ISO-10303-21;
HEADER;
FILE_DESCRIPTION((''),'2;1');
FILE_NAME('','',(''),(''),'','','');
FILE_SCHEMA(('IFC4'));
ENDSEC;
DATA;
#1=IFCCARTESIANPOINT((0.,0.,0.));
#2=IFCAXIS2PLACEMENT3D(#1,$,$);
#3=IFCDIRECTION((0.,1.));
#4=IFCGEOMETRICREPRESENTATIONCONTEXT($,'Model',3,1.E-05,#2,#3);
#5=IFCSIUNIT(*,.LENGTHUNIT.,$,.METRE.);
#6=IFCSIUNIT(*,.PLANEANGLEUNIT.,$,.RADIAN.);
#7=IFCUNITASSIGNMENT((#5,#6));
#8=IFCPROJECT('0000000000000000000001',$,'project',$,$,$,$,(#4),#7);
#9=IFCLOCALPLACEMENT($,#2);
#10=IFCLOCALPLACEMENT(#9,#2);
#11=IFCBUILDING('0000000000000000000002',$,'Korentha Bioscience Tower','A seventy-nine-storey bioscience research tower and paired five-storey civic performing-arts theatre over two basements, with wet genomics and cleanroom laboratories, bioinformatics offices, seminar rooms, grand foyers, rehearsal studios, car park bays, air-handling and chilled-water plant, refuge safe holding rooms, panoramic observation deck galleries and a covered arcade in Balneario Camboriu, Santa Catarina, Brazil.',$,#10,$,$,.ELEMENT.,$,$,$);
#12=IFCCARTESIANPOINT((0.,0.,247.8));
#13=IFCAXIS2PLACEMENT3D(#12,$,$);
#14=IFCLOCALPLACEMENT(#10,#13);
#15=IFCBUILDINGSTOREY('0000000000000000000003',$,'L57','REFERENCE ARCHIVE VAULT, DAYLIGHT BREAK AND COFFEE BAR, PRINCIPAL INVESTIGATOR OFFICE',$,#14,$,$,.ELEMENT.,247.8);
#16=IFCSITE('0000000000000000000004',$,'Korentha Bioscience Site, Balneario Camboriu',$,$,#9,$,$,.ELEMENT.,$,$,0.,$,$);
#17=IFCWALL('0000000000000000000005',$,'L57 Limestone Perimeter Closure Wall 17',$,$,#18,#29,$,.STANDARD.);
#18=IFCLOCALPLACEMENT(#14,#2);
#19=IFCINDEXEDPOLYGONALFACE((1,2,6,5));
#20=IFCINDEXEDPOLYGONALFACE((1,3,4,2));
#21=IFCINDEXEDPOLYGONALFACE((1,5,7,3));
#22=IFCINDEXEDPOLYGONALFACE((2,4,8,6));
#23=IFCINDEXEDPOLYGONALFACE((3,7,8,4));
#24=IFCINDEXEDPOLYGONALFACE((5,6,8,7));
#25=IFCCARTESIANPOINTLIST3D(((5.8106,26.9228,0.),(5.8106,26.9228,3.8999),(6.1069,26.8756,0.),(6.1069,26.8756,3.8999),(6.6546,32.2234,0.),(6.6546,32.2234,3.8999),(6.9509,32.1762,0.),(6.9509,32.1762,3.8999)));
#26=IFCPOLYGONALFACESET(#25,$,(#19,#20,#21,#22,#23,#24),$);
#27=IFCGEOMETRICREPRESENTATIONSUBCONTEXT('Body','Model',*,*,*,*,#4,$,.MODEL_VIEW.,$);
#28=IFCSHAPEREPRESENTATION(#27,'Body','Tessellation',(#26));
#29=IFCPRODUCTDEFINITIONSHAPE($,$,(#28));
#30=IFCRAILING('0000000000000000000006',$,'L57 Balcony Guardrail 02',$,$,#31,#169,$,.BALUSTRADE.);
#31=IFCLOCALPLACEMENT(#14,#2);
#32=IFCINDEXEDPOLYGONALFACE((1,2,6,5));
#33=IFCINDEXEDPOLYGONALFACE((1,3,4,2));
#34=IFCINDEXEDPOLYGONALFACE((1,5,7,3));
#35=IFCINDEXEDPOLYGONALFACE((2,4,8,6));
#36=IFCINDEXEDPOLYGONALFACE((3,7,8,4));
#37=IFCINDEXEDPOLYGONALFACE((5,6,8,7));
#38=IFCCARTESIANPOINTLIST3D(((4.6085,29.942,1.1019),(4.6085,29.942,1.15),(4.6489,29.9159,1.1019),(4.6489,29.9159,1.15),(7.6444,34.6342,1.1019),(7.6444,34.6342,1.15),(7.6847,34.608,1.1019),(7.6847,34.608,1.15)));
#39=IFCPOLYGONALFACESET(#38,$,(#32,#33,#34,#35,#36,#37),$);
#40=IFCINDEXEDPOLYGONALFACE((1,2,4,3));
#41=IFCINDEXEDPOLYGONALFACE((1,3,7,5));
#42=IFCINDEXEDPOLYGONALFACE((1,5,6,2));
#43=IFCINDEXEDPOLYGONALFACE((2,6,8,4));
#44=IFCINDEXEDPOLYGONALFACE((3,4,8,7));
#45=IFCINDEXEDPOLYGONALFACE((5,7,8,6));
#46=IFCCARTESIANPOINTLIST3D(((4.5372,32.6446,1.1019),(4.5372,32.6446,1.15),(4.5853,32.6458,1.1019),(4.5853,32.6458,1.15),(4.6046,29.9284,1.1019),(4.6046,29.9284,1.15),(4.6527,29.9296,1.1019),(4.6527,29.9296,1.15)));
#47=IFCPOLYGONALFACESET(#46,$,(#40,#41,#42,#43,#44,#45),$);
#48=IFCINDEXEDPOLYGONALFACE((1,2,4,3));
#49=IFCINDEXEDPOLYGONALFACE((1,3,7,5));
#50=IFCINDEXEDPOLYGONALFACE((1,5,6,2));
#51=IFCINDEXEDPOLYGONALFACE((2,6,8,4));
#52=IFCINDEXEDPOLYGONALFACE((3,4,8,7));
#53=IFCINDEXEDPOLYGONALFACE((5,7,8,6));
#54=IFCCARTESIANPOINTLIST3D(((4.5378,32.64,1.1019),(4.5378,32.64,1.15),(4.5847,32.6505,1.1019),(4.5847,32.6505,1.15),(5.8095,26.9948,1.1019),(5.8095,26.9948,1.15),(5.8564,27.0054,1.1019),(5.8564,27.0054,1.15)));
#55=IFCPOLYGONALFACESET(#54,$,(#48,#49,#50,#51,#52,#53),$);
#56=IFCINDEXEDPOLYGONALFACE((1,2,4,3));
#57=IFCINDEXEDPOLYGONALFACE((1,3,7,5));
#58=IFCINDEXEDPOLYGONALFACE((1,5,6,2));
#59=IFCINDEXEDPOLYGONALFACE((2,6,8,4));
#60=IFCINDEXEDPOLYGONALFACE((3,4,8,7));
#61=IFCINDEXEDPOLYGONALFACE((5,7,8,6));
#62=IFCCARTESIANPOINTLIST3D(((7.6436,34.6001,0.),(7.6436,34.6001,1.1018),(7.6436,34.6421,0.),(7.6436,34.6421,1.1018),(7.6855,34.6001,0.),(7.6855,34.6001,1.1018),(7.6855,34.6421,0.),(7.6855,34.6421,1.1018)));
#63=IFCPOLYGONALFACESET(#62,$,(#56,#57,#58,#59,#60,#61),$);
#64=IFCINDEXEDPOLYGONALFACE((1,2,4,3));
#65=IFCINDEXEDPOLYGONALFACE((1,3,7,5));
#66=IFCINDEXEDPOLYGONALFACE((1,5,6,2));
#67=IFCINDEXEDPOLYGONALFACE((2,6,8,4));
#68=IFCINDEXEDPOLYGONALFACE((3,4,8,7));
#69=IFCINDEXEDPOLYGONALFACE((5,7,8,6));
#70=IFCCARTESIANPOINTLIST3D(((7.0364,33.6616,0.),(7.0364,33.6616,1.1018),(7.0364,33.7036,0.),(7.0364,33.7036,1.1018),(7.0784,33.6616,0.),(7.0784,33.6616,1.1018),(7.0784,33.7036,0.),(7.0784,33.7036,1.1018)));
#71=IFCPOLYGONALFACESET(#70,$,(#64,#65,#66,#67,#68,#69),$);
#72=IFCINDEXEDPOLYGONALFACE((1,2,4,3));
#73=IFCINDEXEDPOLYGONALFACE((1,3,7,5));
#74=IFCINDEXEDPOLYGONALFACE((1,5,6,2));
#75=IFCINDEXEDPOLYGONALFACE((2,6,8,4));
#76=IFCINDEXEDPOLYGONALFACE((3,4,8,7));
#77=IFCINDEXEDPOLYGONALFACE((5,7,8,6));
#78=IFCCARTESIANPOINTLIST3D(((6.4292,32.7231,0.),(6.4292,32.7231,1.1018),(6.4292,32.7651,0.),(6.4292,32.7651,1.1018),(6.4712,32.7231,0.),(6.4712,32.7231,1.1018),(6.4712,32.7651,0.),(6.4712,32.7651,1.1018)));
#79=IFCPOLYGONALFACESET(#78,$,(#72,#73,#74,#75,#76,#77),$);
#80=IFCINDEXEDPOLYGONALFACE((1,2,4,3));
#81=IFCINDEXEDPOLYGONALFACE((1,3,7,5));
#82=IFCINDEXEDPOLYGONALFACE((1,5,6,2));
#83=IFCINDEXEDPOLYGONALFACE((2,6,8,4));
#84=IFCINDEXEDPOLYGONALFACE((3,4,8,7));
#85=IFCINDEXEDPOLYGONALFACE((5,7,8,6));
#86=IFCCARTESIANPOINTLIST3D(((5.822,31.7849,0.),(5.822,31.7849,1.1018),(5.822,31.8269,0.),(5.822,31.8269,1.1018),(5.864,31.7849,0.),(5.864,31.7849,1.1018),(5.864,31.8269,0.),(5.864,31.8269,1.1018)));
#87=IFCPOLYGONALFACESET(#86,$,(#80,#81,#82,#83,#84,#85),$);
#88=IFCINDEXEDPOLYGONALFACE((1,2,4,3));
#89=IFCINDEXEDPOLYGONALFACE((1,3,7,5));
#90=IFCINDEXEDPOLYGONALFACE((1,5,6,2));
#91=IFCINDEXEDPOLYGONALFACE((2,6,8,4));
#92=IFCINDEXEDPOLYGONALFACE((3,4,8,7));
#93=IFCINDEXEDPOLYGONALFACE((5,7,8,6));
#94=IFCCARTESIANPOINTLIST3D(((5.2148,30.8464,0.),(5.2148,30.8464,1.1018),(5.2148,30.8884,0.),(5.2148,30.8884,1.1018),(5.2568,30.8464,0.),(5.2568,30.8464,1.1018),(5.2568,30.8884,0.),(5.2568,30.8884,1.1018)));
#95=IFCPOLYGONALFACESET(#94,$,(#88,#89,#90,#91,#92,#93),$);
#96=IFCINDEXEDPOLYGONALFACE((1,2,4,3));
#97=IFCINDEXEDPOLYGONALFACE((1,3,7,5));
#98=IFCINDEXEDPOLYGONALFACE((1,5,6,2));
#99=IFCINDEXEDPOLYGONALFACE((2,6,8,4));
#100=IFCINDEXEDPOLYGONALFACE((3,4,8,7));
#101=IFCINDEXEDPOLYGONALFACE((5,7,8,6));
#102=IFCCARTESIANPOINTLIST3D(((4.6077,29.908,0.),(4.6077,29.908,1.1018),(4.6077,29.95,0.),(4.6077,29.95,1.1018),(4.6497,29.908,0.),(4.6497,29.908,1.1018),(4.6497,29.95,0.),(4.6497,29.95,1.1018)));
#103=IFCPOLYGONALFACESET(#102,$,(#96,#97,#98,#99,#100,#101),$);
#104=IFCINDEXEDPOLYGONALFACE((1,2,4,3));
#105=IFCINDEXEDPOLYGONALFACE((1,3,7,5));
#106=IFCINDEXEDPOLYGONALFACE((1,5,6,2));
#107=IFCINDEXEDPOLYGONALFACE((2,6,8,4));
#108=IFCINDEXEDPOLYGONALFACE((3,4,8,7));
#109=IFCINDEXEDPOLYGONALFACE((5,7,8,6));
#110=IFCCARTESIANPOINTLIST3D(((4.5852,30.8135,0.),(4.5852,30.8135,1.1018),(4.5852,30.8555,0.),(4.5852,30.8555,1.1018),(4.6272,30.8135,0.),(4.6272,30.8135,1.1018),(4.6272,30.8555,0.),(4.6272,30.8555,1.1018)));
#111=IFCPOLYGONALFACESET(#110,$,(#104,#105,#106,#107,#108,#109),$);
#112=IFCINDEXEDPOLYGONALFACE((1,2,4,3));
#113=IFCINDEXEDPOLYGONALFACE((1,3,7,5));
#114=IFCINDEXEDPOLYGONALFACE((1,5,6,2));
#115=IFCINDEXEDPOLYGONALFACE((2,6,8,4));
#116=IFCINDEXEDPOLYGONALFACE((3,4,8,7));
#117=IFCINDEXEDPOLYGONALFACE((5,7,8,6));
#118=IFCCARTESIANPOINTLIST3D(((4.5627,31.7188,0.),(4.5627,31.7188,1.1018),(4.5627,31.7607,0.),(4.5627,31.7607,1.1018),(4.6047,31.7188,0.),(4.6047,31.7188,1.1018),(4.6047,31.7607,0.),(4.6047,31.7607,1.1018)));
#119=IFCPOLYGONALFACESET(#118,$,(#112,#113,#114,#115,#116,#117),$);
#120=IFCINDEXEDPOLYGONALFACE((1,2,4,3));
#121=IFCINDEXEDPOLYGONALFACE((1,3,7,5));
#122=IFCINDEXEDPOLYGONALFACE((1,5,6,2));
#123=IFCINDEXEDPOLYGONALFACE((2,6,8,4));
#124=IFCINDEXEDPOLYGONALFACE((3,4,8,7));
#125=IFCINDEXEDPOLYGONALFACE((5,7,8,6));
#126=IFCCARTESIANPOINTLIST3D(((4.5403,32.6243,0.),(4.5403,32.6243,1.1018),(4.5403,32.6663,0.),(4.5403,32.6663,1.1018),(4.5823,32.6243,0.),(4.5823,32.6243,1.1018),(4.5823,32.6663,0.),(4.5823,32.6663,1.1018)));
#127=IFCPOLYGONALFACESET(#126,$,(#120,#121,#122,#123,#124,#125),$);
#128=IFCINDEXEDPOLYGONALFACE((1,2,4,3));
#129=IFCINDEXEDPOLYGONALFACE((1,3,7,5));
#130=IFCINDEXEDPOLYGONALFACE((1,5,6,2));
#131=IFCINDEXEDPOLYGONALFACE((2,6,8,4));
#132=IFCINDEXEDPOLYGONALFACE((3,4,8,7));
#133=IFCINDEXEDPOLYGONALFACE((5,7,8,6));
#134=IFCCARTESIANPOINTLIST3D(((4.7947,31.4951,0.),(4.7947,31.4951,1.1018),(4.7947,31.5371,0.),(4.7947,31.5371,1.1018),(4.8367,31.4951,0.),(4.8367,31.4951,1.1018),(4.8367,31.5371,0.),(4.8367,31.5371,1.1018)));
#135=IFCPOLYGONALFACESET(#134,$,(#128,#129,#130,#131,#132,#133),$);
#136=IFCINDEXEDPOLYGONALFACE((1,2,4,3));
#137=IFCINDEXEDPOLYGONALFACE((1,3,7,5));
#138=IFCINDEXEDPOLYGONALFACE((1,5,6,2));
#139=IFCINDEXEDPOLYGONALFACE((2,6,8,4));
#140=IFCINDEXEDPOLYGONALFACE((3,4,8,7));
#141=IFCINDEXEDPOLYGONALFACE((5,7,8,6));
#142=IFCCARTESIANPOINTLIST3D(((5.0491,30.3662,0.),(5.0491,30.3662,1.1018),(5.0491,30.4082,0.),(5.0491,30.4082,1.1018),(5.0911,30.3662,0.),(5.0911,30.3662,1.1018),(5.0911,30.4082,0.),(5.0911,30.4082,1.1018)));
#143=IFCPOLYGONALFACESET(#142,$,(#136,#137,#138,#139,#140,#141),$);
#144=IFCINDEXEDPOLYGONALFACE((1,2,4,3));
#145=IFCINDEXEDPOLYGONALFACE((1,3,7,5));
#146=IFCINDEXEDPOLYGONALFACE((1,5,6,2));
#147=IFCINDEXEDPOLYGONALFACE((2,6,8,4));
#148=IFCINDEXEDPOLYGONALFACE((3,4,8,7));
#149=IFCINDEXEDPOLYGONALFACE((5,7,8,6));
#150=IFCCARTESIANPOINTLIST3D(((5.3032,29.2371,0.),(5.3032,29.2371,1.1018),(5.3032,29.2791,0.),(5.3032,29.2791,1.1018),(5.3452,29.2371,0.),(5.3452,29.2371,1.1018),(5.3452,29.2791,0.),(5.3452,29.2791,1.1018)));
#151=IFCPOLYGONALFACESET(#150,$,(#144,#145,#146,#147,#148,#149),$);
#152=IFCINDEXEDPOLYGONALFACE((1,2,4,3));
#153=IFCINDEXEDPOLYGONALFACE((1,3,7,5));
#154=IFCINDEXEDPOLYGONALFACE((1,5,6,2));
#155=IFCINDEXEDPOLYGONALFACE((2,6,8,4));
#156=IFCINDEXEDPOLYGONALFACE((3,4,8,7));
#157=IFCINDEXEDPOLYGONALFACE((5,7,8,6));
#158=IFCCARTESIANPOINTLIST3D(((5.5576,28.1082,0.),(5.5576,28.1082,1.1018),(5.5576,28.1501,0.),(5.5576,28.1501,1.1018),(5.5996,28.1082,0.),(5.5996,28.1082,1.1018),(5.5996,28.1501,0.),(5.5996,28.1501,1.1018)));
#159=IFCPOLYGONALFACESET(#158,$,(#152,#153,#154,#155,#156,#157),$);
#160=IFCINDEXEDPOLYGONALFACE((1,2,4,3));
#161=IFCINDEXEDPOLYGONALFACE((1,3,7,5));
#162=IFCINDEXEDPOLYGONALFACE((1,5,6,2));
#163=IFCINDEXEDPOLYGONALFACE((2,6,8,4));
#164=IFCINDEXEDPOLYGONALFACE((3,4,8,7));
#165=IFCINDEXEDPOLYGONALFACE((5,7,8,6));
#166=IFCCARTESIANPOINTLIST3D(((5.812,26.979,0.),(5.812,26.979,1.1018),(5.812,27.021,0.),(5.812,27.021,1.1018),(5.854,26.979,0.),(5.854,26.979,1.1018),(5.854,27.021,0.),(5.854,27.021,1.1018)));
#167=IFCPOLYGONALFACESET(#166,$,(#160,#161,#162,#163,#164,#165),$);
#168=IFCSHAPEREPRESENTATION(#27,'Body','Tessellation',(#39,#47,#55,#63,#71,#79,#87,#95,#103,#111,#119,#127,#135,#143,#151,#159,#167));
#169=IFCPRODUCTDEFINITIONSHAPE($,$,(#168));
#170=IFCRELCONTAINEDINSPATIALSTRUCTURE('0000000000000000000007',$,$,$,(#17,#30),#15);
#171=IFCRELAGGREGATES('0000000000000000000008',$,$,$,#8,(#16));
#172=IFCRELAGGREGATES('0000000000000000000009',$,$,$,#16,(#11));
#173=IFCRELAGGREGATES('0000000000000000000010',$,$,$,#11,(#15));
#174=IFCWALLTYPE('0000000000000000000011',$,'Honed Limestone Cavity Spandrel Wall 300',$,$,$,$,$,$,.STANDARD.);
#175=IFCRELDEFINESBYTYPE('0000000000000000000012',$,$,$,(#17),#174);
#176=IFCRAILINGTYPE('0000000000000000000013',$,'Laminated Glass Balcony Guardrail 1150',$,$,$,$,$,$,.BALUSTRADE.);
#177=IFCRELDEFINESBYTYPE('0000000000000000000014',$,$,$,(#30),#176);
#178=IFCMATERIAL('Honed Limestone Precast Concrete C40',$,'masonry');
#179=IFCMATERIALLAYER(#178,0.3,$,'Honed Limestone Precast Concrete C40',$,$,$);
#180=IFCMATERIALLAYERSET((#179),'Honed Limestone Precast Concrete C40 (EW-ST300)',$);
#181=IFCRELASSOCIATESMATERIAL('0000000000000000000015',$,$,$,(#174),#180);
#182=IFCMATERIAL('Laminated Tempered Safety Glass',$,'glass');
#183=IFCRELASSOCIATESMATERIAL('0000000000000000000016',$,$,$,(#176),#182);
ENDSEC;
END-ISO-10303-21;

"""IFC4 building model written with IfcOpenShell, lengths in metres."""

from ifc_helpers import new_model, si_unit, direction, frame, frame_2d, origin, origin_2d, place, context, subcontext, project, spatial, rectangle, extrude, material, layer, layer_set, type_object, element, save


model = new_model("IFC4")

# Units and contexts
model_context = context("Model", 3, precision=1e-05, world=origin(), true_north=direction((0.0, 1.0)))
body_context = subcontext(model_context, "Body", "Model", "MODEL_VIEW")
ifc_project = project(units=[si_unit("LENGTHUNIT", "METRE"), si_unit("PLANEANGLEUNIT", "RADIAN")], contexts=[model_context])

# Site, building, storey
site_placement = place(None, origin())
site = spatial("IfcSite", under=ifc_project, at=site_placement, Name="Korentha Bioscience Site, Balneario Camboriu", CompositionType="ELEMENT", RefElevation=0.0)
building_placement = place(site_placement, origin())
building = spatial("IfcBuilding", under=site, at=building_placement, Name="Korentha Bioscience Tower", Description="A seventy-nine-storey bioscience research tower and paired five-storey civic performing-arts theatre over two basements, with wet genomics and cleanroom laboratories, bioinformatics offices, seminar rooms, grand foyers, rehearsal studios, car park bays, air-handling and chilled-water plant, refuge safe holding rooms, panoramic observation deck galleries and a covered arcade in Balneario Camboriu, Santa Catarina, Brazil.", CompositionType="ELEMENT")
storey_placement = place(building_placement, frame((0.0, 0.0, 247.8)))
storey = spatial("IfcBuildingStorey", under=building, at=storey_placement, Name="L57", Description="REFERENCE ARCHIVE VAULT, DAYLIGHT BREAK AND COFFEE BAR, PRINCIPAL INVESTIGATOR OFFICE", CompositionType="ELEMENT", Elevation=247.8)

# Shared definitions
ifc_material_1 = material(Name="Honed Limestone Precast Concrete C40", Category="masonry")
ifc_layer_1 = layer(ifc_material_1, 0.3, Name="Honed Limestone Precast Concrete C40")
ifc_layer_set_1 = layer_set([ifc_layer_1], Name="Honed Limestone Precast Concrete C40 (EW-ST300)")
wall_type_1 = type_object("IfcWallType", Name="Honed Limestone Cavity Spandrel Wall 300", PredefinedType="STANDARD", material=ifc_layer_set_1)

# Wall
wall_1_placement = place(storey_placement, frame((6.8027, 32.1997, 0.0), z_axis=(0.0, 0.0, 1.0), x_axis=(-0.15724, -0.98756, 0.0)))
element("IfcWall", 1, at=wall_1_placement, inside=storey, type_object=wall_type_1, Name="L57 Limestone Perimeter Closure Wall 17", PredefinedType="STANDARD", context=body_context, shape_type="SweptSolid", body=[
    extrude(rectangle(XDim=5.3674, YDim=0.3, at=frame_2d((2.6836, 0.0))), origin(), (0.0, 0.0, 1.0), 3.8999),
])

# Railing
ifc_material_2 = material(Name="Laminated Tempered Safety Glass", Category="glass")
railing_type = type_object("IfcRailingType", Name="Laminated Glass Balcony Guardrail 1150", PredefinedType="BALUSTRADE", material=ifc_material_2)
railing_placement = place(storey_placement, frame((7.6646, 34.6211, 0.0)))
element("IfcRailing", 2, at=railing_placement, inside=storey, type_object=railing_type, Name="L57 Balcony Guardrail 02", PredefinedType="BALUSTRADE", context=body_context, shape_type="SweptSolid", body=[
    extrude(rectangle(XDim=0.0481, YDim=0.0481, at=origin_2d()), frame((0.0, 0.0, 1.126), z_axis=(-0.543226, -0.839587, 0.0), x_axis=(0.839587, -0.543226, 0.0)), (0.0, 0.0, 1.0), 5.5886),
    extrude(rectangle(XDim=0.0481, YDim=0.0481, at=origin_2d()), frame((-3.0359, -4.6921, 1.126), z_axis=(-0.024799, 0.999692, 0.0), x_axis=(-0.999692, -0.024799, 0.0)), (0.0, 0.0, 1.0), 2.717),
    extrude(rectangle(XDim=0.0481, YDim=0.0481, at=origin_2d()), frame((-3.1033, -1.9758, 1.126), z_axis=(0.219766, -0.975553, 0.0), x_axis=(0.975553, 0.219766, 0.0)), (0.0, 0.0, 1.0), 5.7866),
    extrude(rectangle(XDim=0.042, YDim=0.042, at=origin_2d()), origin(), (0.0, 0.0, 1.0), 1.1018),
    extrude(rectangle(XDim=0.042, YDim=0.042, at=origin_2d()), frame((-0.6072, -0.9385, 0.0)), (0.0, 0.0, 1.0), 1.1018),
    extrude(rectangle(XDim=0.042, YDim=0.042, at=origin_2d()), frame((-1.2144, -1.877, 0.0)), (0.0, 0.0, 1.0), 1.1018),
    extrude(rectangle(XDim=0.042, YDim=0.042, at=origin_2d()), frame((-1.8215, -2.8152, 0.0)), (0.0, 0.0, 1.0), 1.1018),
    extrude(rectangle(XDim=0.042, YDim=0.042, at=origin_2d()), frame((-2.4287, -3.7537, 0.0)), (0.0, 0.0, 1.0), 1.1018),
    extrude(rectangle(XDim=0.042, YDim=0.042, at=origin_2d()), frame((-3.0359, -4.6921, 0.0)), (0.0, 0.0, 1.0), 1.1018),
    extrude(rectangle(XDim=0.042, YDim=0.042, at=origin_2d()), frame((-3.0583, -3.7866, 0.0)), (0.0, 0.0, 1.0), 1.1018),
    extrude(rectangle(XDim=0.042, YDim=0.042, at=origin_2d()), frame((-3.0808, -2.8813, 0.0)), (0.0, 0.0, 1.0), 1.1018),
    extrude(rectangle(XDim=0.042, YDim=0.042, at=origin_2d()), frame((-3.1033, -1.9758, 0.0)), (0.0, 0.0, 1.0), 1.1018),
    extrude(rectangle(XDim=0.042, YDim=0.042, at=origin_2d()), frame((-2.8489, -3.105, 0.0)), (0.0, 0.0, 1.0), 1.1018),
    extrude(rectangle(XDim=0.042, YDim=0.042, at=origin_2d()), frame((-2.5945, -4.2339, 0.0)), (0.0, 0.0, 1.0), 1.1018),
    extrude(rectangle(XDim=0.042, YDim=0.042, at=origin_2d()), frame((-2.3403, -5.363, 0.0)), (0.0, 0.0, 1.0), 1.1018),
    extrude(rectangle(XDim=0.042, YDim=0.042, at=origin_2d()), frame((-2.0859, -6.4919, 0.0)), (0.0, 0.0, 1.0), 1.1018),
    extrude(rectangle(XDim=0.042, YDim=0.042, at=origin_2d()), frame((-1.8315, -7.6211, 0.0)), (0.0, 0.0, 1.0), 1.1018),
])

save(model, "model.ifc")
